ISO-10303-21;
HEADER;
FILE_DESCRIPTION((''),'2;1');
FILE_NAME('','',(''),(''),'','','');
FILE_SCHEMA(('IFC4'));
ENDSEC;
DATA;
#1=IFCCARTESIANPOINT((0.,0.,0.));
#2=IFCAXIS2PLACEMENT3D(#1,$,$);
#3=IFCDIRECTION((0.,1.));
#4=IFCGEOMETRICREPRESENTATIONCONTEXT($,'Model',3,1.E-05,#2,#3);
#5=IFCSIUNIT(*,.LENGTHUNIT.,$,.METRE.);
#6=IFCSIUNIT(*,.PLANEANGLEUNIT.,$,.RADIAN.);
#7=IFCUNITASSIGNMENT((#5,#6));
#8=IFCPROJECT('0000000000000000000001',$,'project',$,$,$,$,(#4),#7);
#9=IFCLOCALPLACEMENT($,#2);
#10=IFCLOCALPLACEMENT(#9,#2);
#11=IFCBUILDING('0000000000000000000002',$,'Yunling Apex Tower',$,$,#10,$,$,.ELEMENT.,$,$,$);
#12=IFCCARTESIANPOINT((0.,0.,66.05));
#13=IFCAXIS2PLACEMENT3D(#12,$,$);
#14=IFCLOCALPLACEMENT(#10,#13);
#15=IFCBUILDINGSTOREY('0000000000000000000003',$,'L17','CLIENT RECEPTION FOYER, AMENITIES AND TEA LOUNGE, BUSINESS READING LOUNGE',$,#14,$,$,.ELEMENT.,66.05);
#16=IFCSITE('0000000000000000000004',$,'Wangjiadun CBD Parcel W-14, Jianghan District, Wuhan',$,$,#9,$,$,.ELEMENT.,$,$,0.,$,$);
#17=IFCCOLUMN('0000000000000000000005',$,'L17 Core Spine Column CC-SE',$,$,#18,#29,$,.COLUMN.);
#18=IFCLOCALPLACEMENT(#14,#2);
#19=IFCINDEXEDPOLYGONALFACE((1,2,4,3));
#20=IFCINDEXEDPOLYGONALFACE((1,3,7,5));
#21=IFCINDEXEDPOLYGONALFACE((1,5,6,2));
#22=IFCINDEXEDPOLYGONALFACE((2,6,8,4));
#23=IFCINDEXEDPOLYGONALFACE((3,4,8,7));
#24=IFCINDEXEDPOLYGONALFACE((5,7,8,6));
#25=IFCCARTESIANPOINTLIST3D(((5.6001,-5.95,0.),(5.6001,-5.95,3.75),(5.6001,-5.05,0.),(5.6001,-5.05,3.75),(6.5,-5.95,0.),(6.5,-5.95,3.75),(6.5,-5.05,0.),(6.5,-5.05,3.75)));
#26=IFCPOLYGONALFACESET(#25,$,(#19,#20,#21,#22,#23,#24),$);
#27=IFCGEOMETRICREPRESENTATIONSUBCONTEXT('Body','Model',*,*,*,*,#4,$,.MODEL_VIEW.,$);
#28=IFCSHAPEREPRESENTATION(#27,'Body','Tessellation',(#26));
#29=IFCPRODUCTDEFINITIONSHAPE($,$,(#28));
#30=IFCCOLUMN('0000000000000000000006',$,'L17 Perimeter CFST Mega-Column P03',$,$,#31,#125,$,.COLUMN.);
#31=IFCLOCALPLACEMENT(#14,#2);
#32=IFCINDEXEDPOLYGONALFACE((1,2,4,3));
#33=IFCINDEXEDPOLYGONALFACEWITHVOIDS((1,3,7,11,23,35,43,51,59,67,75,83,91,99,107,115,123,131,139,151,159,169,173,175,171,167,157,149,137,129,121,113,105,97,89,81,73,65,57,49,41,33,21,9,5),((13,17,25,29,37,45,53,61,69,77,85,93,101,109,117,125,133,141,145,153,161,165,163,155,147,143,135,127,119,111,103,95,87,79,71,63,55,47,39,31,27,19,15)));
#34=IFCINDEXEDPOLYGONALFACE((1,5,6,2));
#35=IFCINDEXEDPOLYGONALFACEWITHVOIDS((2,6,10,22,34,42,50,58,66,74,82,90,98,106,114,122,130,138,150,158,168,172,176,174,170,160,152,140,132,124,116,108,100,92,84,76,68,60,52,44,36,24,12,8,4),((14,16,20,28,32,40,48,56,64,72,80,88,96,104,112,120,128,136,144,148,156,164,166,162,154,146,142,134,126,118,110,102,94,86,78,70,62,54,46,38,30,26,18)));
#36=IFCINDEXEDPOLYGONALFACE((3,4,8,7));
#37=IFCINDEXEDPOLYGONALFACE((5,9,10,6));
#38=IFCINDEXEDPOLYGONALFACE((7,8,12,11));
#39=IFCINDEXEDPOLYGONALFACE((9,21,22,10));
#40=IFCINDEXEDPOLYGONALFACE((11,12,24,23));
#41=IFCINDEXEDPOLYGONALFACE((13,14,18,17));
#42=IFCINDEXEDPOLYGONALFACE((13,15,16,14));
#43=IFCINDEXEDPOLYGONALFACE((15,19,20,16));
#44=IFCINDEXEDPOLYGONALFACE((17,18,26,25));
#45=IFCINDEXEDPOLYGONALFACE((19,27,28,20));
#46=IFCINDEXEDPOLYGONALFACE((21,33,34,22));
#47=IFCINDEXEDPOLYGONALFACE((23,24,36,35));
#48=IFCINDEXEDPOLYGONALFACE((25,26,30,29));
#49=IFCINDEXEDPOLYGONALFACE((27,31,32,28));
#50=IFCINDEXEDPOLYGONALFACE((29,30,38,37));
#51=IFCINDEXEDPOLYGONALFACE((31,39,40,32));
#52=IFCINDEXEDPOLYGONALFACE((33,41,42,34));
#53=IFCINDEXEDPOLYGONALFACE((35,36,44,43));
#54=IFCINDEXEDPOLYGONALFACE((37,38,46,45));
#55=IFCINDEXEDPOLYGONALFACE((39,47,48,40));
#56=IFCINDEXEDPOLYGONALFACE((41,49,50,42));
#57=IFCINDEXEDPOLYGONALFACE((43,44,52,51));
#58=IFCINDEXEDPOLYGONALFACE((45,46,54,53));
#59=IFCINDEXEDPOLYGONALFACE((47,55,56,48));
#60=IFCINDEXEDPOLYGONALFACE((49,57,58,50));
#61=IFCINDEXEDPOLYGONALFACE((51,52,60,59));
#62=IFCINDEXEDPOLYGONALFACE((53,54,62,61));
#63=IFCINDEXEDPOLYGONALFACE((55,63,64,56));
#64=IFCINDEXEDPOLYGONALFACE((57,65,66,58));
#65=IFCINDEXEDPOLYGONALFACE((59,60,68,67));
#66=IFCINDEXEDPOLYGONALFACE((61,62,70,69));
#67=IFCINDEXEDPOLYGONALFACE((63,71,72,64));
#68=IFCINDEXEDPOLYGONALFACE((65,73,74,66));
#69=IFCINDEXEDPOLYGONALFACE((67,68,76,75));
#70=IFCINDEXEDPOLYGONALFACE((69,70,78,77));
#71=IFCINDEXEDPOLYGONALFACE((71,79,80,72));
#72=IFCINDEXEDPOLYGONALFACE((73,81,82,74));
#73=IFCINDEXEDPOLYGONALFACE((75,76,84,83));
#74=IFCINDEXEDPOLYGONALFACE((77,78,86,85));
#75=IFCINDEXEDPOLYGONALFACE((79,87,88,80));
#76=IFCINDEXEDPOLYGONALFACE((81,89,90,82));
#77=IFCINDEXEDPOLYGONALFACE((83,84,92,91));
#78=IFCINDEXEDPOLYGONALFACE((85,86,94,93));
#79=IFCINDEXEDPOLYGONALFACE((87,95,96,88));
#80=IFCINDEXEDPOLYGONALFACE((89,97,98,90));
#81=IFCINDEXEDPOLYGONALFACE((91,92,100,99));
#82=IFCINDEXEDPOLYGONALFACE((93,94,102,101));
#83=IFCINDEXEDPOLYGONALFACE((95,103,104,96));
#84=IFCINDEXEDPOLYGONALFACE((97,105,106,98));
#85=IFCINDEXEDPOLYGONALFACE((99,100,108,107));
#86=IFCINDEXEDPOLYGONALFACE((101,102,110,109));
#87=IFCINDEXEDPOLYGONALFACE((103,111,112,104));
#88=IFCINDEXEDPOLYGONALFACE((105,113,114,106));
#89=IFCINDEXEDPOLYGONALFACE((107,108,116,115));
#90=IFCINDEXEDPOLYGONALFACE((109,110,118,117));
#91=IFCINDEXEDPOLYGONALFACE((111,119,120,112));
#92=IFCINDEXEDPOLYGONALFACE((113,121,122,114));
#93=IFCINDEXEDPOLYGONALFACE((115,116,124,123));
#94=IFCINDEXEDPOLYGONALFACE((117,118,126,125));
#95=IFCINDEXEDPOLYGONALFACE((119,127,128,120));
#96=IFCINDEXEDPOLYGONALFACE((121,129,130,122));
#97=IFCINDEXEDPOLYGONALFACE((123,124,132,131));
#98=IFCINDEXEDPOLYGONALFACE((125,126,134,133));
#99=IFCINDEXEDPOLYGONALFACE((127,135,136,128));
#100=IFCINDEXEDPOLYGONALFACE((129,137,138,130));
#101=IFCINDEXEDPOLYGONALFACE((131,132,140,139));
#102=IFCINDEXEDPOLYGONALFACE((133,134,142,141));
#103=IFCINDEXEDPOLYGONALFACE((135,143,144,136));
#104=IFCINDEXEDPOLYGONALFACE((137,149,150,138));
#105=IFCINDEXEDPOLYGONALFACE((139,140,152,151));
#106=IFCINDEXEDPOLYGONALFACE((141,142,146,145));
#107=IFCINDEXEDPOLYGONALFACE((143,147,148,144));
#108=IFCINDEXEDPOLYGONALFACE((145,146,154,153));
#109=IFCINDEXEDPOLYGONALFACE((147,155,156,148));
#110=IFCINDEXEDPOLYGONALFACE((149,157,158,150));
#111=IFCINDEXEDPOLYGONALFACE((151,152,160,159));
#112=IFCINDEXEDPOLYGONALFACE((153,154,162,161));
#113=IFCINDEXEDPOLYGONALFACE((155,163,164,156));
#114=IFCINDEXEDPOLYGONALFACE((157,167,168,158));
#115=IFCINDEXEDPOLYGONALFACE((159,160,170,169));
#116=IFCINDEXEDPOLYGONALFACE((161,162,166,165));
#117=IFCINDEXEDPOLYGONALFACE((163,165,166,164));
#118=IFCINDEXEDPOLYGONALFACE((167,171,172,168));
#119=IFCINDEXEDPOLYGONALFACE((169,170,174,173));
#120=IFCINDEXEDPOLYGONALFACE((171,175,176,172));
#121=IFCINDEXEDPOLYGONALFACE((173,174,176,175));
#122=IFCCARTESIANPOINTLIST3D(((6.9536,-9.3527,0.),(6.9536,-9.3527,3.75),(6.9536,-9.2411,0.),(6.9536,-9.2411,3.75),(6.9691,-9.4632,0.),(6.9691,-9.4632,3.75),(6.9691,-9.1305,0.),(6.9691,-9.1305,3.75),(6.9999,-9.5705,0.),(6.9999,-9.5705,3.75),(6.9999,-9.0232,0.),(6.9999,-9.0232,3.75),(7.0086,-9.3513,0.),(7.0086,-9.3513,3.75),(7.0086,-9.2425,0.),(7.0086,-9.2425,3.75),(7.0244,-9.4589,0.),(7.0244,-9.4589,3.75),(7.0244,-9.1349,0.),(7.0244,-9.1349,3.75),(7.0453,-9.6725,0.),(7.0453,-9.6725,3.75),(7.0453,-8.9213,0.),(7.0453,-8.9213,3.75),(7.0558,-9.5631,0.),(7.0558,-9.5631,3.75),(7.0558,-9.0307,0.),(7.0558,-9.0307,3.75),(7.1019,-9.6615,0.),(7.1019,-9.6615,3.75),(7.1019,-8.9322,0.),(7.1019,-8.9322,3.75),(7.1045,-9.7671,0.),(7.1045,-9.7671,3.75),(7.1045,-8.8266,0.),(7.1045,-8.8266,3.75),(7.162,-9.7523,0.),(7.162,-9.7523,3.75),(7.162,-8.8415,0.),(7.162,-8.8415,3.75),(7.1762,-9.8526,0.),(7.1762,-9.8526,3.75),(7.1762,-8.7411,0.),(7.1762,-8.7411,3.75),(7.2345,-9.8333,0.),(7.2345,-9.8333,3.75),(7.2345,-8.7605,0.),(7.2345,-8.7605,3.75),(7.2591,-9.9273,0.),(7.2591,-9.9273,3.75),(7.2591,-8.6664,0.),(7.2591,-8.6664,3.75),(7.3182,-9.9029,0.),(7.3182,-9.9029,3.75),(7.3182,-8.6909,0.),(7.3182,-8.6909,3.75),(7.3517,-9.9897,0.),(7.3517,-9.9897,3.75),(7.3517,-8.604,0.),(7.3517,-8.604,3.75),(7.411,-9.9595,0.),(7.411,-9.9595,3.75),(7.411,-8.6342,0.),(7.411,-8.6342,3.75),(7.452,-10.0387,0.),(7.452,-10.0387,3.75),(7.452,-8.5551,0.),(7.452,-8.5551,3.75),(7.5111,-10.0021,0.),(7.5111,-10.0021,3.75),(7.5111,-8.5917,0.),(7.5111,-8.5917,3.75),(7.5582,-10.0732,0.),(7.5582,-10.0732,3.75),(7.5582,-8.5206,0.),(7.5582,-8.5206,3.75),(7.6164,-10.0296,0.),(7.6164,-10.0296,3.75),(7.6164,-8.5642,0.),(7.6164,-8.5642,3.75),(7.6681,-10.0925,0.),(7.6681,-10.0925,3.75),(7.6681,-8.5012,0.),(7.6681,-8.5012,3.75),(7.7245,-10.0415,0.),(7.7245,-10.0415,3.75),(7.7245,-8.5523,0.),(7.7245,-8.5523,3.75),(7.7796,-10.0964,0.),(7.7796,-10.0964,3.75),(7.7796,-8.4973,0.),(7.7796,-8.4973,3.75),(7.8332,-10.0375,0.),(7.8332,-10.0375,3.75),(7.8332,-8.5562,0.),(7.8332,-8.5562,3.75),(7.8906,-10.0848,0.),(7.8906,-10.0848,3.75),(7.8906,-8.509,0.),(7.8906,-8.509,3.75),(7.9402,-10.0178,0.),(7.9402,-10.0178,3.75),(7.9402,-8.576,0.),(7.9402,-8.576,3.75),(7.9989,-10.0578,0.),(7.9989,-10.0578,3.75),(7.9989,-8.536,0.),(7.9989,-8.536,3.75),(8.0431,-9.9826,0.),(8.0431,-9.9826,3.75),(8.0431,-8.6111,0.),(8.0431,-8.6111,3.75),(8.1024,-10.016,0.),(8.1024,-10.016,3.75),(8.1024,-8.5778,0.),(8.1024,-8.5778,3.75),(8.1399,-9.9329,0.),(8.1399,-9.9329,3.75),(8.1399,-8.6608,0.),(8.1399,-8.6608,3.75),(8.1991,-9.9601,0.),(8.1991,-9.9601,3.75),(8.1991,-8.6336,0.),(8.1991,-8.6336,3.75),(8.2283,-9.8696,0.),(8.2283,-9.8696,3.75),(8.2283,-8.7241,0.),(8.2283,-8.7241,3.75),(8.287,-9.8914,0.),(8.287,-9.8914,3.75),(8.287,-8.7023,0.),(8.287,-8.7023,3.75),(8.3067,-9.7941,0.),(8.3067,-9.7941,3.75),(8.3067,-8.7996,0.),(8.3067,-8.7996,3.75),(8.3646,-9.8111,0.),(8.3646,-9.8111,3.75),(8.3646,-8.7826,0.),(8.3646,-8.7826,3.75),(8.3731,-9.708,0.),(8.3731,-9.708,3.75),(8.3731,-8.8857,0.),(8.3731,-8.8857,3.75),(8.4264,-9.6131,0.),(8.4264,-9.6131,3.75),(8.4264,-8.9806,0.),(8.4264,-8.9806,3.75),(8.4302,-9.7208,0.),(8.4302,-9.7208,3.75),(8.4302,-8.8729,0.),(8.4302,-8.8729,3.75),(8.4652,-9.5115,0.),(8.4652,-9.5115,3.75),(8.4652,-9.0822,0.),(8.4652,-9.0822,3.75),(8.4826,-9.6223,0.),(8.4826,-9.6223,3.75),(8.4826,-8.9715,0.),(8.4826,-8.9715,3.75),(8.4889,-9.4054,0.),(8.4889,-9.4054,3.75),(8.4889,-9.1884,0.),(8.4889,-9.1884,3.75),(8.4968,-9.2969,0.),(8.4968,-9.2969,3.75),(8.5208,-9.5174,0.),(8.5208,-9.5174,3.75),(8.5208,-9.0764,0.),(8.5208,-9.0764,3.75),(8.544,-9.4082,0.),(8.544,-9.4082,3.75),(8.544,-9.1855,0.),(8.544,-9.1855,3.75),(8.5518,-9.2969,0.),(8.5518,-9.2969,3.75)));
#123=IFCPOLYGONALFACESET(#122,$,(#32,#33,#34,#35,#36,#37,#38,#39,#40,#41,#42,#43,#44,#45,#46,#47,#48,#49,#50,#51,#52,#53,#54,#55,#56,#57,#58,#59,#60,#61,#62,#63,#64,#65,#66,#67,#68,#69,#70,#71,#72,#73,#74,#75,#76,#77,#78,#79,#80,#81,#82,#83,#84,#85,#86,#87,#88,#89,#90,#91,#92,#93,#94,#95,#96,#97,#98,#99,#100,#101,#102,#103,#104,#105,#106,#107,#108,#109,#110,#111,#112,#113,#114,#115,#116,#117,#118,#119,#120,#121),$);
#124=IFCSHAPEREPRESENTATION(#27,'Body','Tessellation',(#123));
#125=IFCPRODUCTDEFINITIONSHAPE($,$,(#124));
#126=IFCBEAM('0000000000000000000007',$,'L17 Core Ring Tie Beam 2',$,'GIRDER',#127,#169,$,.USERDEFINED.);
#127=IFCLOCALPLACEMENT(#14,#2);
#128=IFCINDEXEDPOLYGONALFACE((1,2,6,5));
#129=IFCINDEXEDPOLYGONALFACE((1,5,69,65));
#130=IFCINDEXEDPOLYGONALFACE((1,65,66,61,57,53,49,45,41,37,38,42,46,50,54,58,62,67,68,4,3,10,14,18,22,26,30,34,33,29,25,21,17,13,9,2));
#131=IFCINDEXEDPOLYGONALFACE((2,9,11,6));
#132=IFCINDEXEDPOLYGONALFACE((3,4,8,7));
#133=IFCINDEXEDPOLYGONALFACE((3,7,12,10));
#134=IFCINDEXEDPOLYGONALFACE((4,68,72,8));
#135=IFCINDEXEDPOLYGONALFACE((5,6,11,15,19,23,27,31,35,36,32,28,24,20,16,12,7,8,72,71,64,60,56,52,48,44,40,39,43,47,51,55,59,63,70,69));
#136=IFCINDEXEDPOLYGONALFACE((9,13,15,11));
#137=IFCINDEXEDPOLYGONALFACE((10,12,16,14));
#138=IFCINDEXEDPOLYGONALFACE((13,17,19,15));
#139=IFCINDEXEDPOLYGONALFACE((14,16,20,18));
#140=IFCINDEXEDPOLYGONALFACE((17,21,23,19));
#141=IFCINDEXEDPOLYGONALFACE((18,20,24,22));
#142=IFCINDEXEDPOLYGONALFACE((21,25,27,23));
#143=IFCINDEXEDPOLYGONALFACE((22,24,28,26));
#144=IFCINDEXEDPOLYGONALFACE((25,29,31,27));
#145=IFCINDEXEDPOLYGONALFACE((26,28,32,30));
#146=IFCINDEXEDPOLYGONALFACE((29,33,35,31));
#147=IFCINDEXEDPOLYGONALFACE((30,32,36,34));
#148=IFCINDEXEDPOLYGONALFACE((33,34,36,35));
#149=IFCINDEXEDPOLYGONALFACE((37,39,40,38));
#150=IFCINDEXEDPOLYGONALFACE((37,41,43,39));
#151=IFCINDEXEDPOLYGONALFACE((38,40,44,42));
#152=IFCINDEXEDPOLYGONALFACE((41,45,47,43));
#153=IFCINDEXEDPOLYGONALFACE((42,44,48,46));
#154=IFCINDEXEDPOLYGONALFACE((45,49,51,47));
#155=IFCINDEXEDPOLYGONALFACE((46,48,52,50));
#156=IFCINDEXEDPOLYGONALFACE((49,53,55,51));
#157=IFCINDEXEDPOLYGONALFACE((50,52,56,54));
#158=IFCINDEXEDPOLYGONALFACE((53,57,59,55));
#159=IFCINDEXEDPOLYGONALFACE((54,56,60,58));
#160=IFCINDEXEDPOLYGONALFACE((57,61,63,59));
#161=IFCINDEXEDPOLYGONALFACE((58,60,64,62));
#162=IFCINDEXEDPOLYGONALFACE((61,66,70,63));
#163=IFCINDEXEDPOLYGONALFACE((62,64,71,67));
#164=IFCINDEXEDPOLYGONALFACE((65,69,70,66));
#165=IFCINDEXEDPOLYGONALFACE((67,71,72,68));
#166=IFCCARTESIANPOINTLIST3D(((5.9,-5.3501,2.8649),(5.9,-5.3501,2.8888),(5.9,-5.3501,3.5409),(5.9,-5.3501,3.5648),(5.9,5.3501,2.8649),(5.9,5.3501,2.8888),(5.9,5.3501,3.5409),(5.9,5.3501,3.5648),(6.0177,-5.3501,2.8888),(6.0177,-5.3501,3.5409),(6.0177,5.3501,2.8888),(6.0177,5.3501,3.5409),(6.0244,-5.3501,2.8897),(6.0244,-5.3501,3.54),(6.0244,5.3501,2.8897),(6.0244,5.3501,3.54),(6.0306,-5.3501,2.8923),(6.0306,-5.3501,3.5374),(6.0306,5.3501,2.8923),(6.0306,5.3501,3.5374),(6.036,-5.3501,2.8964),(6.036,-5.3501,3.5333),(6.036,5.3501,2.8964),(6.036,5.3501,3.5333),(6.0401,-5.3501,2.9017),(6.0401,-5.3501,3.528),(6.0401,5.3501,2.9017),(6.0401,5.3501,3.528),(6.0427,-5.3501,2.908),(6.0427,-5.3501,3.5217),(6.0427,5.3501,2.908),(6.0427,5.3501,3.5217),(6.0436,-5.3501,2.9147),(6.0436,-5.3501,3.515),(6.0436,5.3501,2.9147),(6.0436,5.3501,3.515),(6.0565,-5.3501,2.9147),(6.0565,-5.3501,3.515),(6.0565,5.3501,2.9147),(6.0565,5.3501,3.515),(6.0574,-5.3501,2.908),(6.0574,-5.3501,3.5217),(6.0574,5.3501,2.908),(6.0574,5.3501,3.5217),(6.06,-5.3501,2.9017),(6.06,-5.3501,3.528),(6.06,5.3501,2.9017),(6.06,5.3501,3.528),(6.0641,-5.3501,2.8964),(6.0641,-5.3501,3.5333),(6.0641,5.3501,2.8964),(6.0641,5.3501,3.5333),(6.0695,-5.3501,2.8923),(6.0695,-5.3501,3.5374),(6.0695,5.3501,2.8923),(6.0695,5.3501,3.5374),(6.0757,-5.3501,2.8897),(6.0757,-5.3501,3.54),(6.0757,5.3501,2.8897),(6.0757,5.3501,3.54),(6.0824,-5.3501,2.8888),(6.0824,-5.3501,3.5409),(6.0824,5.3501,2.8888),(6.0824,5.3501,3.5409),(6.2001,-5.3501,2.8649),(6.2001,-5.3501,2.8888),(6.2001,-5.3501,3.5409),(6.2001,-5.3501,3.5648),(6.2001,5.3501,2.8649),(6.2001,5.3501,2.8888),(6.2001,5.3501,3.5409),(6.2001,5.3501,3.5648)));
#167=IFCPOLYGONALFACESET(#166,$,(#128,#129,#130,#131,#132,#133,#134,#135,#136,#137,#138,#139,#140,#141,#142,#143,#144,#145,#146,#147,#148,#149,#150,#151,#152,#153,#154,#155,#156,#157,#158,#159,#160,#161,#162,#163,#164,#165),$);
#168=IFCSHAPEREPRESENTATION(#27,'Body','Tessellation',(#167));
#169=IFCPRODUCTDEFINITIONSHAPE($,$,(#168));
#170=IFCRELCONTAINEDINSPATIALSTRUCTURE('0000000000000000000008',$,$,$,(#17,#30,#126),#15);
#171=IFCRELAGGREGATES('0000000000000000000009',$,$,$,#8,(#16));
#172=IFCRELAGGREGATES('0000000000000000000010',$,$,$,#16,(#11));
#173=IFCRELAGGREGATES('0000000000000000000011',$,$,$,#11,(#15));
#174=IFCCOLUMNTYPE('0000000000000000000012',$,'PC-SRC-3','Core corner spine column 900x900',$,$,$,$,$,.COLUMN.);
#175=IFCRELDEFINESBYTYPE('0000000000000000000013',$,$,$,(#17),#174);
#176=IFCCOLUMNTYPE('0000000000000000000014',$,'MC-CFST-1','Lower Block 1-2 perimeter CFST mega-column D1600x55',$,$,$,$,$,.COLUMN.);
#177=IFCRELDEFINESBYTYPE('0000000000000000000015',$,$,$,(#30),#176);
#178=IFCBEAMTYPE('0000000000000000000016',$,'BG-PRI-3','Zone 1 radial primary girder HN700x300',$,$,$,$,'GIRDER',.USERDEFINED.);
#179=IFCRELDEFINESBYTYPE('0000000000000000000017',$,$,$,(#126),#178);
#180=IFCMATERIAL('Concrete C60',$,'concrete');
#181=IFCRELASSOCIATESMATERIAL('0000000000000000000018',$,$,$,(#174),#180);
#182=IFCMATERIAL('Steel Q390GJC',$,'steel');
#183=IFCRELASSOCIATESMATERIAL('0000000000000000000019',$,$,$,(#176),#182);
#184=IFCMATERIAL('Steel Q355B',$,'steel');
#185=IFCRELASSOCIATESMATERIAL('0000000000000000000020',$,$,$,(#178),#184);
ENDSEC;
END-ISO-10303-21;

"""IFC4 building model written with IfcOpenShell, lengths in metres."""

from ifc_helpers import new_model, si_unit, direction, frame, origin, origin_2d, place, context, subcontext, project, spatial, rectangle, hollow_circle, i_section, extrude, source, transform, mapped, material, material_profile, profile_set, type_object, element, save


model = new_model("IFC4")

# Units and contexts
model_context = context("Model", 3, precision=1e-05, world=origin(), true_north=direction((0.0, 1.0)))
body_context = subcontext(model_context, "Body", "Model", "MODEL_VIEW")
ifc_project = project(units=[si_unit("LENGTHUNIT", "METRE"), si_unit("PLANEANGLEUNIT", "RADIAN")], contexts=[model_context])

# Site, building, storey
site_placement = place(None, origin())
site = spatial("IfcSite", under=ifc_project, at=site_placement, Name="Wangjiadun CBD Parcel W-14, Jianghan District, Wuhan", CompositionType="ELEMENT", RefElevation=0.0)
building_placement = place(site_placement, origin())
building = spatial("IfcBuilding", under=site, at=building_placement, Name="Yunling Apex Tower", CompositionType="ELEMENT")
storey_placement = place(building_placement, frame((0.0, 0.0, 66.05)))
storey = spatial("IfcBuildingStorey", under=building, at=storey_placement, Name="L17", Description="CLIENT RECEPTION FOYER, AMENITIES AND TEA LOUNGE, BUSINESS READING LOUNGE", CompositionType="ELEMENT", Elevation=66.05)

# Columns
ifc_material_1 = material(Name="Concrete C60", Category="concrete")
ifc_material_profile_1 = material_profile(ifc_material_1, rectangle(XDim=0.8999, YDim=0.8999, at=origin_2d()))
ifc_profile_set_1 = profile_set([ifc_material_profile_1], Name="Concrete C60")
column_type_1 = type_object("IfcColumnType", Name="PC-SRC-3", Description="Core corner spine column 900x900", PredefinedType="COLUMN", material=ifc_profile_set_1)
shared_shape_1 = source(origin(), body_context, "Body", "SweptSolid", [
    extrude(rectangle(XDim=0.8999, YDim=0.8999, at=origin_2d()), origin(), (0.0, 0.0, 1.0), 3.75),
])
column_1_placement = place(storey_placement, frame((6.05, -5.5, 0.0), z_axis=(0.0, 0.0, 1.0), x_axis=(1.0, 0.0, 0.0)))
element("IfcColumn", 1, at=column_1_placement, inside=storey, type_object=column_type_1, Name="L17 Core Spine Column CC-SE", PredefinedType="COLUMN", context=body_context, shape_type="MappedRepresentation", body=[
    mapped(shared_shape_1, transform((0.0, 0.0, 0.0), scale=1.0)),
])
ifc_material_2 = material(Name="Steel Q390GJC", Category="steel")
ifc_material_profile_2 = material_profile(ifc_material_2, hollow_circle(Radius=0.8, WallThickness=0.0549, at=origin_2d()))
ifc_profile_set_2 = profile_set([ifc_material_profile_2], Name="Steel Q390GJC")
column_type_2 = type_object("IfcColumnType", Name="MC-CFST-1", Description="Lower Block 1-2 perimeter CFST mega-column D1600x55", PredefinedType="COLUMN", material=ifc_profile_set_2)
shared_shape_2 = source(origin(), body_context, "Body", "SweptSolid", [
    extrude(hollow_circle(Radius=0.8, WallThickness=0.0549, at=origin_2d()), origin(), (0.0, 0.0, 1.0), 3.75),
])
column_2_placement = place(storey_placement, frame((7.7517, -9.2969, 0.0), z_axis=(0.0, 0.0, 1.0), x_axis=(1.0, 0.0, 0.0)))
element("IfcColumn", 2, at=column_2_placement, inside=storey, type_object=column_type_2, Name="L17 Perimeter CFST Mega-Column P03", PredefinedType="COLUMN", context=body_context, shape_type="MappedRepresentation", body=[
    mapped(shared_shape_2, transform((0.0, 0.0, 0.0), scale=1.0)),
])

# Beam
ifc_material_3 = material(Name="Steel Q355B", Category="steel")
ifc_material_profile_3 = material_profile(ifc_material_3, i_section(OverallWidth=0.3, OverallDepth=0.7, WebThickness=0.0129, FlangeThickness=0.0239, FilletRadius=0.0259, at=origin_2d()))
ifc_profile_set_3 = profile_set([ifc_material_profile_3], Name="Steel Q355B")
beam_type = type_object("IfcBeamType", Name="BG-PRI-3", Description="Zone 1 radial primary girder HN700x300", ElementType="GIRDER", PredefinedType="USERDEFINED", material=ifc_profile_set_3)
shared_shape_3 = source(origin(), body_context, "Body", "SweptSolid", [
    extrude(i_section(OverallWidth=0.3, OverallDepth=0.7, WebThickness=0.0129, FlangeThickness=0.0239, FilletRadius=0.0259, at=origin_2d()), origin(), (0.0, 0.0, 1.0), 10.7002),
])
beam_1_placement = place(storey_placement, frame((6.05, -5.3501, 3.2148), z_axis=(0.0, 1.0, 0.0), x_axis=(-1.0, 0.0, 0.0)))
element("IfcBeam", 3, at=beam_1_placement, inside=storey, type_object=beam_type, Name="L17 Core Ring Tie Beam 2", ObjectType="GIRDER", PredefinedType="USERDEFINED", context=body_context, shape_type="MappedRepresentation", body=[
    mapped(shared_shape_3, transform((0.0, 0.0, 0.0), scale=1.0)),
])

save(model, "model.ifc")
